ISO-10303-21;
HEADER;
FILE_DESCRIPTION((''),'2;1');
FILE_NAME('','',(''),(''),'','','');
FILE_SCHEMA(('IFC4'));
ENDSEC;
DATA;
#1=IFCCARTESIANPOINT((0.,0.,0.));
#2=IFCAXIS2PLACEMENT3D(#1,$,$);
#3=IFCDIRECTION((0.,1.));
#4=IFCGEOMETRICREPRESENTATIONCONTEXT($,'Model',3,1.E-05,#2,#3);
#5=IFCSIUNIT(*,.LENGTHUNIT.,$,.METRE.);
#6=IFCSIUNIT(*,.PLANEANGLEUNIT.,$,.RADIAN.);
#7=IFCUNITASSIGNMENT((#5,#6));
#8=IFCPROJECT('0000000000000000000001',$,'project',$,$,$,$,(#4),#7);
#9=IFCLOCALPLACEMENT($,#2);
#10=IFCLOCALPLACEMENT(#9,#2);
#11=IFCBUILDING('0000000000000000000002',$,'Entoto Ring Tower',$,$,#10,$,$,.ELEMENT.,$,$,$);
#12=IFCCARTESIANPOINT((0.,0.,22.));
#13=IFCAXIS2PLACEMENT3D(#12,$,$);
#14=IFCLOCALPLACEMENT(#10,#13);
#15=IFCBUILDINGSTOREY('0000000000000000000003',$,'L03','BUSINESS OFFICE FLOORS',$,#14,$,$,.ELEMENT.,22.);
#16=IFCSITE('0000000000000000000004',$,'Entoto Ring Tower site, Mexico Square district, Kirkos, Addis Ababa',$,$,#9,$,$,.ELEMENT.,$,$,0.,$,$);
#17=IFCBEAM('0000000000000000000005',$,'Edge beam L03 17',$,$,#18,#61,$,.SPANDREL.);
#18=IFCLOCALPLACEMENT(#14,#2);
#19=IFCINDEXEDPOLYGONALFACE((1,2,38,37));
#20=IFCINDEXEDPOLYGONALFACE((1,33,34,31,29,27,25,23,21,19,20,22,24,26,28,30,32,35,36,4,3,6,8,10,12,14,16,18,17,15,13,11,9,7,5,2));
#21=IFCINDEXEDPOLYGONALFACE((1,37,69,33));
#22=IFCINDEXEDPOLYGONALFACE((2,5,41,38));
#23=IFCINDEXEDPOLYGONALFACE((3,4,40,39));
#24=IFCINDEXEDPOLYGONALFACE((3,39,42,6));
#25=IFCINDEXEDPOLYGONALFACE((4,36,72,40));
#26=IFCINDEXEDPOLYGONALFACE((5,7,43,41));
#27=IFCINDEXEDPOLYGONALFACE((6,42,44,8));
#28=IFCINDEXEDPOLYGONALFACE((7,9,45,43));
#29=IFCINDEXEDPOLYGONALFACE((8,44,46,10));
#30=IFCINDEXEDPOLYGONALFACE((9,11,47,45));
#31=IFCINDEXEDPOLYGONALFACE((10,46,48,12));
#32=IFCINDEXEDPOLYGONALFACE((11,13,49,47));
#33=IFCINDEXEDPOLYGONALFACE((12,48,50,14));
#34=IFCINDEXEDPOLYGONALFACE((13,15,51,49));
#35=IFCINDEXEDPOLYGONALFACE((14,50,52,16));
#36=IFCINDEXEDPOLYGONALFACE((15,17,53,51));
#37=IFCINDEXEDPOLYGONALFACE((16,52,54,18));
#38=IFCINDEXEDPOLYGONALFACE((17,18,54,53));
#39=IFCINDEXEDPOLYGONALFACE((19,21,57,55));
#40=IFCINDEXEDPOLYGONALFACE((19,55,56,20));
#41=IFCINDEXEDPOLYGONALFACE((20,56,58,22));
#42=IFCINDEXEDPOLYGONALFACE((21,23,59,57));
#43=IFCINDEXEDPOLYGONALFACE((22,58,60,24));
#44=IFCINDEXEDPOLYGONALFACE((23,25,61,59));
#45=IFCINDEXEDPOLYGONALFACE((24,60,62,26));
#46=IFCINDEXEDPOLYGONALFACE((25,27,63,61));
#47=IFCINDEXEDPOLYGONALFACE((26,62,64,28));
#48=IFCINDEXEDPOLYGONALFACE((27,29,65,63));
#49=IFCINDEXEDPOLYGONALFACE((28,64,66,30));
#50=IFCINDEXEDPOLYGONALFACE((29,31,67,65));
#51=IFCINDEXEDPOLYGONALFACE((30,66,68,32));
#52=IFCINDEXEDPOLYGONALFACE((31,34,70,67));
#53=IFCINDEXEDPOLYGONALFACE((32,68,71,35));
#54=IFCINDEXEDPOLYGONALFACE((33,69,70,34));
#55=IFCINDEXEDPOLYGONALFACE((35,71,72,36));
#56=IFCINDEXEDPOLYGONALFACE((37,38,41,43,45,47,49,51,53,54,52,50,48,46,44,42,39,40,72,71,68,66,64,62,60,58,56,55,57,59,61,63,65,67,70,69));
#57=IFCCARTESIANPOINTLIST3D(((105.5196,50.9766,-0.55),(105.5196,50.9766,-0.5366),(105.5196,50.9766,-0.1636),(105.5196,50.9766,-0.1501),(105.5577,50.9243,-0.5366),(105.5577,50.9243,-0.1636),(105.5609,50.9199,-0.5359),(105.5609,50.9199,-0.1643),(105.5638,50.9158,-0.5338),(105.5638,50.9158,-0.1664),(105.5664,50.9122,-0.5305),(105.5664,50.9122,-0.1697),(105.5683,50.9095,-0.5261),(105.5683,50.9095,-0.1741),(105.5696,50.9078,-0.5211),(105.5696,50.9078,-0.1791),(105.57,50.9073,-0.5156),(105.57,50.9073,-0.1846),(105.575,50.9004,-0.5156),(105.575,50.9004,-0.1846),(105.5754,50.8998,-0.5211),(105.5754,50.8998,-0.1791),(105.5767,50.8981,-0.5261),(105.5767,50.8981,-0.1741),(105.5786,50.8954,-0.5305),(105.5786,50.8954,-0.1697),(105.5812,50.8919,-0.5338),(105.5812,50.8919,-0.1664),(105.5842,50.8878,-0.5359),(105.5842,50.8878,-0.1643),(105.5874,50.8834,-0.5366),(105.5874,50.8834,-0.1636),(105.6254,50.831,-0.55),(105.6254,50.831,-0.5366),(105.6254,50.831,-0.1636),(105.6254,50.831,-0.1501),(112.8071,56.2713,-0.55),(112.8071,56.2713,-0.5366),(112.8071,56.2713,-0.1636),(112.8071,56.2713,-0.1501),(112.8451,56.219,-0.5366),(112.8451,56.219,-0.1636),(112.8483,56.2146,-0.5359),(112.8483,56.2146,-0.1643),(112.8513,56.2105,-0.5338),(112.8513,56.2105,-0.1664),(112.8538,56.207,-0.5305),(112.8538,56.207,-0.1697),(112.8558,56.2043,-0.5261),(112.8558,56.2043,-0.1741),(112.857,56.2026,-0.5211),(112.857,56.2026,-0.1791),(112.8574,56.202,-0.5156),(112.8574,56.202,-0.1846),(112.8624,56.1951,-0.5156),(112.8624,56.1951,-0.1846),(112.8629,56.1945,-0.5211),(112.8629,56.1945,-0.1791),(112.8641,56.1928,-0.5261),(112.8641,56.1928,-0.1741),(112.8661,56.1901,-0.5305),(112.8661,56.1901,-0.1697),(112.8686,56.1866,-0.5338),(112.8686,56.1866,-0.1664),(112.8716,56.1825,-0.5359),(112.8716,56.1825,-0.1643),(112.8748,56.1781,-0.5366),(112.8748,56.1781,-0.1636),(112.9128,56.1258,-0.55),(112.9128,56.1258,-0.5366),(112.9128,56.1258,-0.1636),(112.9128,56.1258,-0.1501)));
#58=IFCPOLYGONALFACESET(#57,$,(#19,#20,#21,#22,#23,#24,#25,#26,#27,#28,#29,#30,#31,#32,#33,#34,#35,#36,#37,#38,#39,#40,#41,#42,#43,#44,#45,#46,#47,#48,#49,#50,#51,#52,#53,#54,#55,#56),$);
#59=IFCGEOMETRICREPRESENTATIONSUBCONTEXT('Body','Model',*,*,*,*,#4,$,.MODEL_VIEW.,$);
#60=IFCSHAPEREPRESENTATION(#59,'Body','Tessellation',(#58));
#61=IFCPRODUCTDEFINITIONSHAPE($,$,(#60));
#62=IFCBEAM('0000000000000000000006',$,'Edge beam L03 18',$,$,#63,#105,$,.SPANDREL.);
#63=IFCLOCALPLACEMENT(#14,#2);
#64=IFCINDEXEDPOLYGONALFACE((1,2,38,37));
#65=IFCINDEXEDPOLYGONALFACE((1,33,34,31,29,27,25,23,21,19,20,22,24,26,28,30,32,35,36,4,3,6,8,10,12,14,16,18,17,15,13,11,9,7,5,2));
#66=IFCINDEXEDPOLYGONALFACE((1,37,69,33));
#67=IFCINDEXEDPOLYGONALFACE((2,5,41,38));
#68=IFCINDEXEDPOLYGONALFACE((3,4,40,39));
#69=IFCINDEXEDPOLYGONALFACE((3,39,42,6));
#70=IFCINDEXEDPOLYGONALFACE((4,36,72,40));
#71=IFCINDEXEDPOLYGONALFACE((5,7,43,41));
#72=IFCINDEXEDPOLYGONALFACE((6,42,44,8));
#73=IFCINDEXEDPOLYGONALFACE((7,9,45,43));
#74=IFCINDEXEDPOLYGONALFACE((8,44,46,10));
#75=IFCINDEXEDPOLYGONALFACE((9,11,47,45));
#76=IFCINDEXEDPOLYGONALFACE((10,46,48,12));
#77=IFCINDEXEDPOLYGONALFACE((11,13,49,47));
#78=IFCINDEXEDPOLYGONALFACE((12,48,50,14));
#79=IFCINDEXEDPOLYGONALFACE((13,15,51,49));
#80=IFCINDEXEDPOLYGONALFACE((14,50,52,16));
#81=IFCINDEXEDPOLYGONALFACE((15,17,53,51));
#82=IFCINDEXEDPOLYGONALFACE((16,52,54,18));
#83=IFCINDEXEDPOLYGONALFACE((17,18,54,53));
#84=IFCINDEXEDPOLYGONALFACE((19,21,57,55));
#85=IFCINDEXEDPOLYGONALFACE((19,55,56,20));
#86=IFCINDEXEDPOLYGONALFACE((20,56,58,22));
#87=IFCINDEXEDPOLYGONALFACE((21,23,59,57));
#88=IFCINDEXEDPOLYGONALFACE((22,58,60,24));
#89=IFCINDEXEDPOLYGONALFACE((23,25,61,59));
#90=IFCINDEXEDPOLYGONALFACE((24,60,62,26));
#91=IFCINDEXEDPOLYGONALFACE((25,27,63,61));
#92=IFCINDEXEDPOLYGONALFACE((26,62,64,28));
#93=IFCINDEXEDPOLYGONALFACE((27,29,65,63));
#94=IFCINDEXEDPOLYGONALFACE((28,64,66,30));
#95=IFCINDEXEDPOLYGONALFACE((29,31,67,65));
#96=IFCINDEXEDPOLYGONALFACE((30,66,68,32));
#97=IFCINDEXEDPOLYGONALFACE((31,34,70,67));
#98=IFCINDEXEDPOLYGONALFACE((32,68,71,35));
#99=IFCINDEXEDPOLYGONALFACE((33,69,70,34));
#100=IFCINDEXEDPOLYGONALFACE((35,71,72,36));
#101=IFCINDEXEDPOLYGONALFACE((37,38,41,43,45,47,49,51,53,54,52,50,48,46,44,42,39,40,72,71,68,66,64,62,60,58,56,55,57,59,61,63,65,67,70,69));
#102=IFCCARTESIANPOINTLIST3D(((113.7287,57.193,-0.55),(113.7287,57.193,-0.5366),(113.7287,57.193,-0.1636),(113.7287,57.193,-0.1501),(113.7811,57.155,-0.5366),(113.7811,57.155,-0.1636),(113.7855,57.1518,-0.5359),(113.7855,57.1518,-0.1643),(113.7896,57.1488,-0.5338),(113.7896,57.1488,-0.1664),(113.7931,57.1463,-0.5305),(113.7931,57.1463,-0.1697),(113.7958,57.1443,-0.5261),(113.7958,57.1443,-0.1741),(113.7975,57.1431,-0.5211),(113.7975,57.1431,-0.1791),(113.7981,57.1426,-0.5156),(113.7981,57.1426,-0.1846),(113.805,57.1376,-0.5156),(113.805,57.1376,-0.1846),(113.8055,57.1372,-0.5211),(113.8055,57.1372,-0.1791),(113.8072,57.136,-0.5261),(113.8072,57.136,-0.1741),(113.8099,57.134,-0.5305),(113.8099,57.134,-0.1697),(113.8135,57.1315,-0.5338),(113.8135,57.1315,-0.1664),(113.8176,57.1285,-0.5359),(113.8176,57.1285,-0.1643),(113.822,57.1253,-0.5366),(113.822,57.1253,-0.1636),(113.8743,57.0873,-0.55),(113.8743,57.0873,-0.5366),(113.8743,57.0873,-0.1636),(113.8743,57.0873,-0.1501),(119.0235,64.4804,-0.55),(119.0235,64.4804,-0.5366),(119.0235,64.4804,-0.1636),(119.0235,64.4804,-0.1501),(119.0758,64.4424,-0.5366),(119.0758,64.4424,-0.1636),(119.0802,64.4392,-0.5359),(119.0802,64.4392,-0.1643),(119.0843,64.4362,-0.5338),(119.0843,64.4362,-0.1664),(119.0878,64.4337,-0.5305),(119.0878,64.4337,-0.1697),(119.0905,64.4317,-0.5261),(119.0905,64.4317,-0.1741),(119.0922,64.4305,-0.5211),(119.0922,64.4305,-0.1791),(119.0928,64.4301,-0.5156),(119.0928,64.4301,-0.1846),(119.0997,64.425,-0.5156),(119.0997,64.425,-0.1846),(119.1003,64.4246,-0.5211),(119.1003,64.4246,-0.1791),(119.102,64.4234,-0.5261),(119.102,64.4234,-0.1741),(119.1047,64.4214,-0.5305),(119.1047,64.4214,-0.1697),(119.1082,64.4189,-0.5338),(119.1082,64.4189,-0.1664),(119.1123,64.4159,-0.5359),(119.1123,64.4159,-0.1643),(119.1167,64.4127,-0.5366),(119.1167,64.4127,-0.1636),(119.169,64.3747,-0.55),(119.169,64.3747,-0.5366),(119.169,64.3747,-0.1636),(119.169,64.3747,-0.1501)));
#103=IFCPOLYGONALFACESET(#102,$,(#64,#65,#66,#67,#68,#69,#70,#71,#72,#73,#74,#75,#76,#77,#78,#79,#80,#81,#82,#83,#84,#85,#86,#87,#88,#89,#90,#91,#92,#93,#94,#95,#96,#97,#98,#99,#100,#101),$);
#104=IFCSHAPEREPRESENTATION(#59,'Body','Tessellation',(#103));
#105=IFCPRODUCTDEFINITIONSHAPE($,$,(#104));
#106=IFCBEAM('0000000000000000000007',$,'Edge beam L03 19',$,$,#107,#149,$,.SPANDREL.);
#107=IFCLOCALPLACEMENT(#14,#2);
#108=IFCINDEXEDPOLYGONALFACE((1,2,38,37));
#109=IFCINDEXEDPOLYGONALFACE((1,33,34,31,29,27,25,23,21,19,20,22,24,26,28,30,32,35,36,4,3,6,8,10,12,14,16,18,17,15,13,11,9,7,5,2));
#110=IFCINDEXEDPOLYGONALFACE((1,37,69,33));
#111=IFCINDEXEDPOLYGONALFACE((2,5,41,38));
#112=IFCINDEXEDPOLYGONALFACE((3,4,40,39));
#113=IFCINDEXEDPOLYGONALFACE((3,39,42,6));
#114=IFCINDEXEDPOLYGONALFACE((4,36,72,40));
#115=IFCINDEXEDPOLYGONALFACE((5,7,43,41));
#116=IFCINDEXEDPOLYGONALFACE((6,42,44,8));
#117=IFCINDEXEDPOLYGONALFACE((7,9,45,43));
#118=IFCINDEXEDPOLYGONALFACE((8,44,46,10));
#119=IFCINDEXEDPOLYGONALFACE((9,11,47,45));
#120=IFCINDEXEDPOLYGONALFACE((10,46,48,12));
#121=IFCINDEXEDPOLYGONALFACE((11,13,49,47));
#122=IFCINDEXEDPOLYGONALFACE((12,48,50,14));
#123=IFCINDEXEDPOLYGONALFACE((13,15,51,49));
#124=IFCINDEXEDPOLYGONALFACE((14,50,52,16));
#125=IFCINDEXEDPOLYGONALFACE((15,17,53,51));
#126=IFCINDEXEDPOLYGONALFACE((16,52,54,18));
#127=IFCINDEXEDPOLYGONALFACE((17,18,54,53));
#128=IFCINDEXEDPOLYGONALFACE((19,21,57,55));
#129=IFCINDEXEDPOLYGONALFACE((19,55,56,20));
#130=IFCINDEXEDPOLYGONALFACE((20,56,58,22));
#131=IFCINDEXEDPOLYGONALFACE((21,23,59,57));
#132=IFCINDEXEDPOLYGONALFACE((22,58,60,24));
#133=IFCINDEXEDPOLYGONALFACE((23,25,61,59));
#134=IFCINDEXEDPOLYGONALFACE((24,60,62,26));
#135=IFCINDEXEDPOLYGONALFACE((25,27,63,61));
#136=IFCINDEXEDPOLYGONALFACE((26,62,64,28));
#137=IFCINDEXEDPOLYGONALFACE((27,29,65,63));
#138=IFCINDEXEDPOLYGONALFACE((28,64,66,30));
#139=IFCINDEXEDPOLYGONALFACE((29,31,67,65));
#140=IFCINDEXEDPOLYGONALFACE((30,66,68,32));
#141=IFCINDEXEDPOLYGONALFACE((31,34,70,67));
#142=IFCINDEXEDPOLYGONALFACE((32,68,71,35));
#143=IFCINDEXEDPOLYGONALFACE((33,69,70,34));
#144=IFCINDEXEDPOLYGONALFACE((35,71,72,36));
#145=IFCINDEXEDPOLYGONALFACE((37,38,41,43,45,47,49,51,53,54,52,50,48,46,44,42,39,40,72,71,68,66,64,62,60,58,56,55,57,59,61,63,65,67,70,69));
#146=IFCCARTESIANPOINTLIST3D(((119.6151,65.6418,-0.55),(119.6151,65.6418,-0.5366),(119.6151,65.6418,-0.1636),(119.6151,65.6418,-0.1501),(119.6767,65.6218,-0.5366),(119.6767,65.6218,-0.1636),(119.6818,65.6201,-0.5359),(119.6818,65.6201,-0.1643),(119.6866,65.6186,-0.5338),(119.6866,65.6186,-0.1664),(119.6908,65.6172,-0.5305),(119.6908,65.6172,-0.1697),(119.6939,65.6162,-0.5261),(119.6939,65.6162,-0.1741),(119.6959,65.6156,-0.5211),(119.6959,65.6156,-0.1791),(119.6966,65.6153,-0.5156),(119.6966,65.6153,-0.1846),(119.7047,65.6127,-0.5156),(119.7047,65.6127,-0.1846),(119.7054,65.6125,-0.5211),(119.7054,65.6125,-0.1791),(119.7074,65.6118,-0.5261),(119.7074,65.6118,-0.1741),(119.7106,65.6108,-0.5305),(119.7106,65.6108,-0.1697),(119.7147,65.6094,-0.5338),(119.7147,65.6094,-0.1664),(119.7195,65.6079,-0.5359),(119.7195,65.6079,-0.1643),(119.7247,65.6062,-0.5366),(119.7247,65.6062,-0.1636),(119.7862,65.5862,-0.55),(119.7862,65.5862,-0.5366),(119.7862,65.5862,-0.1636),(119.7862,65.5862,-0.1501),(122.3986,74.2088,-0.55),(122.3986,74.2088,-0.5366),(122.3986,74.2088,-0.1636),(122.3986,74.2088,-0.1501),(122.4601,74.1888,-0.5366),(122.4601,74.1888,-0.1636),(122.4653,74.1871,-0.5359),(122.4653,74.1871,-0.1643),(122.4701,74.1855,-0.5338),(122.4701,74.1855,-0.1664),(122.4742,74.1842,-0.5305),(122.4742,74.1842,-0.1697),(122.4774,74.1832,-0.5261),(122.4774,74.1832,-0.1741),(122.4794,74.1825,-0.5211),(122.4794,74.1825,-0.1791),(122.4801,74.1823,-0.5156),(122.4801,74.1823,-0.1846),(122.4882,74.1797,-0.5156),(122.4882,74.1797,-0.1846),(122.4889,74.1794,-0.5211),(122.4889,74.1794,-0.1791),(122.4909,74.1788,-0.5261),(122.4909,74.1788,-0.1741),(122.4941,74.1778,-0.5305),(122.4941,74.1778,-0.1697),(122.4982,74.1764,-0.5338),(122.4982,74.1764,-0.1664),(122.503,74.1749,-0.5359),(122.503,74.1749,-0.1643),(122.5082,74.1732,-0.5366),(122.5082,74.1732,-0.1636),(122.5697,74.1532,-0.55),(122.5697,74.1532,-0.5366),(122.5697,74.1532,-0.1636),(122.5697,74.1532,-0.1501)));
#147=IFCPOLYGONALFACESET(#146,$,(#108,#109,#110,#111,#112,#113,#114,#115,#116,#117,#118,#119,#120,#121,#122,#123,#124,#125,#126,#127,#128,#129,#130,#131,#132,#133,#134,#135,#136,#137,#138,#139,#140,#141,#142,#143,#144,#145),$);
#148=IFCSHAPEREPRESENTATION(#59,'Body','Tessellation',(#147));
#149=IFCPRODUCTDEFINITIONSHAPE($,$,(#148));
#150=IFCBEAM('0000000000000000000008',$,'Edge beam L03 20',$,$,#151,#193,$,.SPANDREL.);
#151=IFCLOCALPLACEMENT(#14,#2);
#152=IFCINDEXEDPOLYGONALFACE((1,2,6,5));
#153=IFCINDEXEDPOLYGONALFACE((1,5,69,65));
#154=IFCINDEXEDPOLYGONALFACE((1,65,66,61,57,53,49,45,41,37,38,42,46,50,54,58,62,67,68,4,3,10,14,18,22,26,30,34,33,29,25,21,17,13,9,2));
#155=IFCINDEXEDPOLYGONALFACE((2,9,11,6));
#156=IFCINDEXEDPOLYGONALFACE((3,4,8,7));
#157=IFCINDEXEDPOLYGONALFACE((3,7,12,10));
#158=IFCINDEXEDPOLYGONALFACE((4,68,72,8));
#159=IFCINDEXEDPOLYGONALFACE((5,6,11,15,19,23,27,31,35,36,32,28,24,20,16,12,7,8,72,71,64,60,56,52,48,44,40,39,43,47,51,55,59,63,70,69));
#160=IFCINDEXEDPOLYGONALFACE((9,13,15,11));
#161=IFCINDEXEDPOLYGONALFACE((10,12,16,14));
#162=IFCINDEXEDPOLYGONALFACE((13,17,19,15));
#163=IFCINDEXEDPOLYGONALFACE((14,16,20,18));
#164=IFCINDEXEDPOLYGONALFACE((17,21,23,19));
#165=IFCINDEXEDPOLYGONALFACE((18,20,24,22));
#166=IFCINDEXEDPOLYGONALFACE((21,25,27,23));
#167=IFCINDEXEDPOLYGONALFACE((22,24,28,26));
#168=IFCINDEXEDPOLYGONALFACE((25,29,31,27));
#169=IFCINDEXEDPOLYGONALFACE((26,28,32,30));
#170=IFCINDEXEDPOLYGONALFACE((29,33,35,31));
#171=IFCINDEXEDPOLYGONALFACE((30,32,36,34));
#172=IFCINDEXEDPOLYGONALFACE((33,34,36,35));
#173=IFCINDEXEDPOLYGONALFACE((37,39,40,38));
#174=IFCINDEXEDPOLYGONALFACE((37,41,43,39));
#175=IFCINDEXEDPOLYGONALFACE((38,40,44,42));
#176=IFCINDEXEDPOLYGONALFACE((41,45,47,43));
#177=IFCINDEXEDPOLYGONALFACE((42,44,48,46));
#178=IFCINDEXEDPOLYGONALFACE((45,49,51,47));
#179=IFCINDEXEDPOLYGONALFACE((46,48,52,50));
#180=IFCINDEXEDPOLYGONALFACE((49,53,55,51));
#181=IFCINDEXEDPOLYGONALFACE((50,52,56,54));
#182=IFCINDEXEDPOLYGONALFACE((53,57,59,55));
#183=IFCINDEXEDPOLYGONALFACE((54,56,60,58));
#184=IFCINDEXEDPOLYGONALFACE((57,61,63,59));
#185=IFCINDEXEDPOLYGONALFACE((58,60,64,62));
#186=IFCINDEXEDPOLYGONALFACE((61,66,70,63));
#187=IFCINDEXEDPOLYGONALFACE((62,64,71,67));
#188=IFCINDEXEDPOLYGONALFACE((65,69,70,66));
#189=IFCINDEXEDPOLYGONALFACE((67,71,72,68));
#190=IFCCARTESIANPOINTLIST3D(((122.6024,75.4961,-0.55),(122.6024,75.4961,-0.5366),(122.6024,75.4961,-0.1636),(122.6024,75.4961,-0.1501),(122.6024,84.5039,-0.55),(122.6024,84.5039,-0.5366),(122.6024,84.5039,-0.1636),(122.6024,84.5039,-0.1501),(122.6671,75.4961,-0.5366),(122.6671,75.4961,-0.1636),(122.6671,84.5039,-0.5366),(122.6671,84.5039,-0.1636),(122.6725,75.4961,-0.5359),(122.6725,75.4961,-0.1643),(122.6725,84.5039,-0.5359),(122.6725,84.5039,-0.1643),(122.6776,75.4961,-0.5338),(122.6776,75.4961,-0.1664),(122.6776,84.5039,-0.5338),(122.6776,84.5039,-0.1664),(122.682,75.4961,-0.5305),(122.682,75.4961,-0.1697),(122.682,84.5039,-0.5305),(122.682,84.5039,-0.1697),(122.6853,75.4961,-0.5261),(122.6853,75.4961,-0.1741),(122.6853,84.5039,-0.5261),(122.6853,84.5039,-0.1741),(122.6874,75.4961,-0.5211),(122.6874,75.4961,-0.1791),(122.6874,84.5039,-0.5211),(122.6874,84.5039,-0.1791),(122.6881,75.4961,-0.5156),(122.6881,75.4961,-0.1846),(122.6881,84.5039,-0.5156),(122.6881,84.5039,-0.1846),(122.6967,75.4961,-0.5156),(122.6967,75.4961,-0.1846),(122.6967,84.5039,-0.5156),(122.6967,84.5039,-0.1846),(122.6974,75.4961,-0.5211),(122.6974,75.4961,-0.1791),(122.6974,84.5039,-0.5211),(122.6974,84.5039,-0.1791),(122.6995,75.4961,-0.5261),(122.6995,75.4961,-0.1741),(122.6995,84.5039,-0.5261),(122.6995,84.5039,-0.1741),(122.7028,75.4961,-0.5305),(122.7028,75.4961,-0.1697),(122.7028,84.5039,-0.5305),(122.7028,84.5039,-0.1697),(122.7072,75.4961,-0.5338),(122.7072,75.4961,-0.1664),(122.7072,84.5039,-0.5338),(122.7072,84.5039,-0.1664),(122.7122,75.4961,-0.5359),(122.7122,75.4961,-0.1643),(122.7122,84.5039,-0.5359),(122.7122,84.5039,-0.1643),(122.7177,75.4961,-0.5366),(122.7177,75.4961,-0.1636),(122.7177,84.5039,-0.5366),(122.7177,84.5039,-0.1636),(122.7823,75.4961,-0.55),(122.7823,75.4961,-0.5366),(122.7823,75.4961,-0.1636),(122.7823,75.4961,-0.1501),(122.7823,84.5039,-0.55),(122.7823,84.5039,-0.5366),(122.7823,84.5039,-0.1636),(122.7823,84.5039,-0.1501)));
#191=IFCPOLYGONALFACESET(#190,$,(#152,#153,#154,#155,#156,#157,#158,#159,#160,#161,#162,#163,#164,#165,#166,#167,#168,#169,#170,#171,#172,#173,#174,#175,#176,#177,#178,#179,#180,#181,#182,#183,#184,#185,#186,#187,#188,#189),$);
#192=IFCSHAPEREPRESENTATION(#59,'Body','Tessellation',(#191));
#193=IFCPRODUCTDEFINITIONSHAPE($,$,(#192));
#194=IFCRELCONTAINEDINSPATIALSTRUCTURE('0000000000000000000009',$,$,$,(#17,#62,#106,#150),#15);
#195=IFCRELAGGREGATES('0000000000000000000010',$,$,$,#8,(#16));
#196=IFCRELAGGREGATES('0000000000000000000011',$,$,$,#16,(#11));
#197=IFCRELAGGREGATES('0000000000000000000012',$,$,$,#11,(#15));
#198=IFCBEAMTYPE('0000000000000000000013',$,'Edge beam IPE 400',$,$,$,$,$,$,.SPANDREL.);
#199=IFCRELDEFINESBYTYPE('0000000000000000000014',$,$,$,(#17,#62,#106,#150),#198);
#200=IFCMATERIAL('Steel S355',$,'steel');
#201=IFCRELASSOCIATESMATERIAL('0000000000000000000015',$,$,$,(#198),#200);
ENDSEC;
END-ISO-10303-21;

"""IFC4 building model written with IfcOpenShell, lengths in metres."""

from ifc_helpers import new_model, si_unit, direction, frame, origin, origin_2d, place, context, subcontext, project, spatial, i_section, extrude, material, material_profile, profile_set, type_object, element, save


model = new_model("IFC4")

# Units and contexts
model_context = context("Model", 3, precision=1e-05, world=origin(), true_north=direction((0.0, 1.0)))
body_context = subcontext(model_context, "Body", "Model", "MODEL_VIEW")
ifc_project = project(units=[si_unit("LENGTHUNIT", "METRE"), si_unit("PLANEANGLEUNIT", "RADIAN")], contexts=[model_context])

# Site, building, storey
site_placement = place(None, origin())
site = spatial("IfcSite", under=ifc_project, at=site_placement, Name="Entoto Ring Tower site, Mexico Square district, Kirkos, Addis Ababa", CompositionType="ELEMENT", RefElevation=0.0)
building_placement = place(site_placement, origin())
building = spatial("IfcBuilding", under=site, at=building_placement, Name="Entoto Ring Tower", CompositionType="ELEMENT")
storey_placement = place(building_placement, frame((0.0, 0.0, 22.0)))
storey = spatial("IfcBuildingStorey", under=building, at=storey_placement, Name="L03", Description="BUSINESS OFFICE FLOORS", CompositionType="ELEMENT", Elevation=22.0)

# Beams
ifc_material_1 = material(Name="Steel S355", Category="steel")
ifc_material_profile_1 = material_profile(ifc_material_1, i_section(OverallWidth=0.1799, OverallDepth=0.3999, WebThickness=0.0085, FlangeThickness=0.0134, FilletRadius=0.021, at=origin_2d()), Name="IPE 400")
ifc_profile_set_1 = profile_set([ifc_material_profile_1], Name="Steel S355")
beam_type_1 = type_object("IfcBeamType", Name="Edge beam IPE 400", PredefinedType="SPANDREL", material=ifc_profile_set_1)
for number, where, z_axis, x_axis, name in (
    (1, (105.5725, 50.9038, -0.3501), (0.809011, 0.587793, 0.0), (-0.587793, 0.809011, 0.0), "Edge beam L03 17"),
    (2, (113.8015, 57.1401, -0.3501), (0.587793, 0.809011, 0.0), (-0.809011, 0.587793, 0.0), "Edge beam L03 18"),
    (3, (119.7007, 65.614, -0.3501), (0.309006, 0.95106, 0.0), (-0.95106, 0.309006, 0.0), "Edge beam L03 19"),
    (4, (122.6924, 75.4961, -0.3501), (0.0, 1.0, 0.0), (-1.0, 0.0, 0.0), "Edge beam L03 20"),
):
    element("IfcBeam", number, at=place(storey_placement, frame(where, z_axis=z_axis, x_axis=x_axis)), inside=storey, type_object=beam_type_1, Name=name, PredefinedType="SPANDREL", context=body_context, shape_type="SweptSolid", body=[
        extrude(i_section(OverallWidth=0.1799, OverallDepth=0.3999, WebThickness=0.0085, FlangeThickness=0.0134, FilletRadius=0.021, at=origin_2d()), origin(), (0.0, 0.0, 1.0), 9.0078),
    ])

save(model, "model.ifc")
